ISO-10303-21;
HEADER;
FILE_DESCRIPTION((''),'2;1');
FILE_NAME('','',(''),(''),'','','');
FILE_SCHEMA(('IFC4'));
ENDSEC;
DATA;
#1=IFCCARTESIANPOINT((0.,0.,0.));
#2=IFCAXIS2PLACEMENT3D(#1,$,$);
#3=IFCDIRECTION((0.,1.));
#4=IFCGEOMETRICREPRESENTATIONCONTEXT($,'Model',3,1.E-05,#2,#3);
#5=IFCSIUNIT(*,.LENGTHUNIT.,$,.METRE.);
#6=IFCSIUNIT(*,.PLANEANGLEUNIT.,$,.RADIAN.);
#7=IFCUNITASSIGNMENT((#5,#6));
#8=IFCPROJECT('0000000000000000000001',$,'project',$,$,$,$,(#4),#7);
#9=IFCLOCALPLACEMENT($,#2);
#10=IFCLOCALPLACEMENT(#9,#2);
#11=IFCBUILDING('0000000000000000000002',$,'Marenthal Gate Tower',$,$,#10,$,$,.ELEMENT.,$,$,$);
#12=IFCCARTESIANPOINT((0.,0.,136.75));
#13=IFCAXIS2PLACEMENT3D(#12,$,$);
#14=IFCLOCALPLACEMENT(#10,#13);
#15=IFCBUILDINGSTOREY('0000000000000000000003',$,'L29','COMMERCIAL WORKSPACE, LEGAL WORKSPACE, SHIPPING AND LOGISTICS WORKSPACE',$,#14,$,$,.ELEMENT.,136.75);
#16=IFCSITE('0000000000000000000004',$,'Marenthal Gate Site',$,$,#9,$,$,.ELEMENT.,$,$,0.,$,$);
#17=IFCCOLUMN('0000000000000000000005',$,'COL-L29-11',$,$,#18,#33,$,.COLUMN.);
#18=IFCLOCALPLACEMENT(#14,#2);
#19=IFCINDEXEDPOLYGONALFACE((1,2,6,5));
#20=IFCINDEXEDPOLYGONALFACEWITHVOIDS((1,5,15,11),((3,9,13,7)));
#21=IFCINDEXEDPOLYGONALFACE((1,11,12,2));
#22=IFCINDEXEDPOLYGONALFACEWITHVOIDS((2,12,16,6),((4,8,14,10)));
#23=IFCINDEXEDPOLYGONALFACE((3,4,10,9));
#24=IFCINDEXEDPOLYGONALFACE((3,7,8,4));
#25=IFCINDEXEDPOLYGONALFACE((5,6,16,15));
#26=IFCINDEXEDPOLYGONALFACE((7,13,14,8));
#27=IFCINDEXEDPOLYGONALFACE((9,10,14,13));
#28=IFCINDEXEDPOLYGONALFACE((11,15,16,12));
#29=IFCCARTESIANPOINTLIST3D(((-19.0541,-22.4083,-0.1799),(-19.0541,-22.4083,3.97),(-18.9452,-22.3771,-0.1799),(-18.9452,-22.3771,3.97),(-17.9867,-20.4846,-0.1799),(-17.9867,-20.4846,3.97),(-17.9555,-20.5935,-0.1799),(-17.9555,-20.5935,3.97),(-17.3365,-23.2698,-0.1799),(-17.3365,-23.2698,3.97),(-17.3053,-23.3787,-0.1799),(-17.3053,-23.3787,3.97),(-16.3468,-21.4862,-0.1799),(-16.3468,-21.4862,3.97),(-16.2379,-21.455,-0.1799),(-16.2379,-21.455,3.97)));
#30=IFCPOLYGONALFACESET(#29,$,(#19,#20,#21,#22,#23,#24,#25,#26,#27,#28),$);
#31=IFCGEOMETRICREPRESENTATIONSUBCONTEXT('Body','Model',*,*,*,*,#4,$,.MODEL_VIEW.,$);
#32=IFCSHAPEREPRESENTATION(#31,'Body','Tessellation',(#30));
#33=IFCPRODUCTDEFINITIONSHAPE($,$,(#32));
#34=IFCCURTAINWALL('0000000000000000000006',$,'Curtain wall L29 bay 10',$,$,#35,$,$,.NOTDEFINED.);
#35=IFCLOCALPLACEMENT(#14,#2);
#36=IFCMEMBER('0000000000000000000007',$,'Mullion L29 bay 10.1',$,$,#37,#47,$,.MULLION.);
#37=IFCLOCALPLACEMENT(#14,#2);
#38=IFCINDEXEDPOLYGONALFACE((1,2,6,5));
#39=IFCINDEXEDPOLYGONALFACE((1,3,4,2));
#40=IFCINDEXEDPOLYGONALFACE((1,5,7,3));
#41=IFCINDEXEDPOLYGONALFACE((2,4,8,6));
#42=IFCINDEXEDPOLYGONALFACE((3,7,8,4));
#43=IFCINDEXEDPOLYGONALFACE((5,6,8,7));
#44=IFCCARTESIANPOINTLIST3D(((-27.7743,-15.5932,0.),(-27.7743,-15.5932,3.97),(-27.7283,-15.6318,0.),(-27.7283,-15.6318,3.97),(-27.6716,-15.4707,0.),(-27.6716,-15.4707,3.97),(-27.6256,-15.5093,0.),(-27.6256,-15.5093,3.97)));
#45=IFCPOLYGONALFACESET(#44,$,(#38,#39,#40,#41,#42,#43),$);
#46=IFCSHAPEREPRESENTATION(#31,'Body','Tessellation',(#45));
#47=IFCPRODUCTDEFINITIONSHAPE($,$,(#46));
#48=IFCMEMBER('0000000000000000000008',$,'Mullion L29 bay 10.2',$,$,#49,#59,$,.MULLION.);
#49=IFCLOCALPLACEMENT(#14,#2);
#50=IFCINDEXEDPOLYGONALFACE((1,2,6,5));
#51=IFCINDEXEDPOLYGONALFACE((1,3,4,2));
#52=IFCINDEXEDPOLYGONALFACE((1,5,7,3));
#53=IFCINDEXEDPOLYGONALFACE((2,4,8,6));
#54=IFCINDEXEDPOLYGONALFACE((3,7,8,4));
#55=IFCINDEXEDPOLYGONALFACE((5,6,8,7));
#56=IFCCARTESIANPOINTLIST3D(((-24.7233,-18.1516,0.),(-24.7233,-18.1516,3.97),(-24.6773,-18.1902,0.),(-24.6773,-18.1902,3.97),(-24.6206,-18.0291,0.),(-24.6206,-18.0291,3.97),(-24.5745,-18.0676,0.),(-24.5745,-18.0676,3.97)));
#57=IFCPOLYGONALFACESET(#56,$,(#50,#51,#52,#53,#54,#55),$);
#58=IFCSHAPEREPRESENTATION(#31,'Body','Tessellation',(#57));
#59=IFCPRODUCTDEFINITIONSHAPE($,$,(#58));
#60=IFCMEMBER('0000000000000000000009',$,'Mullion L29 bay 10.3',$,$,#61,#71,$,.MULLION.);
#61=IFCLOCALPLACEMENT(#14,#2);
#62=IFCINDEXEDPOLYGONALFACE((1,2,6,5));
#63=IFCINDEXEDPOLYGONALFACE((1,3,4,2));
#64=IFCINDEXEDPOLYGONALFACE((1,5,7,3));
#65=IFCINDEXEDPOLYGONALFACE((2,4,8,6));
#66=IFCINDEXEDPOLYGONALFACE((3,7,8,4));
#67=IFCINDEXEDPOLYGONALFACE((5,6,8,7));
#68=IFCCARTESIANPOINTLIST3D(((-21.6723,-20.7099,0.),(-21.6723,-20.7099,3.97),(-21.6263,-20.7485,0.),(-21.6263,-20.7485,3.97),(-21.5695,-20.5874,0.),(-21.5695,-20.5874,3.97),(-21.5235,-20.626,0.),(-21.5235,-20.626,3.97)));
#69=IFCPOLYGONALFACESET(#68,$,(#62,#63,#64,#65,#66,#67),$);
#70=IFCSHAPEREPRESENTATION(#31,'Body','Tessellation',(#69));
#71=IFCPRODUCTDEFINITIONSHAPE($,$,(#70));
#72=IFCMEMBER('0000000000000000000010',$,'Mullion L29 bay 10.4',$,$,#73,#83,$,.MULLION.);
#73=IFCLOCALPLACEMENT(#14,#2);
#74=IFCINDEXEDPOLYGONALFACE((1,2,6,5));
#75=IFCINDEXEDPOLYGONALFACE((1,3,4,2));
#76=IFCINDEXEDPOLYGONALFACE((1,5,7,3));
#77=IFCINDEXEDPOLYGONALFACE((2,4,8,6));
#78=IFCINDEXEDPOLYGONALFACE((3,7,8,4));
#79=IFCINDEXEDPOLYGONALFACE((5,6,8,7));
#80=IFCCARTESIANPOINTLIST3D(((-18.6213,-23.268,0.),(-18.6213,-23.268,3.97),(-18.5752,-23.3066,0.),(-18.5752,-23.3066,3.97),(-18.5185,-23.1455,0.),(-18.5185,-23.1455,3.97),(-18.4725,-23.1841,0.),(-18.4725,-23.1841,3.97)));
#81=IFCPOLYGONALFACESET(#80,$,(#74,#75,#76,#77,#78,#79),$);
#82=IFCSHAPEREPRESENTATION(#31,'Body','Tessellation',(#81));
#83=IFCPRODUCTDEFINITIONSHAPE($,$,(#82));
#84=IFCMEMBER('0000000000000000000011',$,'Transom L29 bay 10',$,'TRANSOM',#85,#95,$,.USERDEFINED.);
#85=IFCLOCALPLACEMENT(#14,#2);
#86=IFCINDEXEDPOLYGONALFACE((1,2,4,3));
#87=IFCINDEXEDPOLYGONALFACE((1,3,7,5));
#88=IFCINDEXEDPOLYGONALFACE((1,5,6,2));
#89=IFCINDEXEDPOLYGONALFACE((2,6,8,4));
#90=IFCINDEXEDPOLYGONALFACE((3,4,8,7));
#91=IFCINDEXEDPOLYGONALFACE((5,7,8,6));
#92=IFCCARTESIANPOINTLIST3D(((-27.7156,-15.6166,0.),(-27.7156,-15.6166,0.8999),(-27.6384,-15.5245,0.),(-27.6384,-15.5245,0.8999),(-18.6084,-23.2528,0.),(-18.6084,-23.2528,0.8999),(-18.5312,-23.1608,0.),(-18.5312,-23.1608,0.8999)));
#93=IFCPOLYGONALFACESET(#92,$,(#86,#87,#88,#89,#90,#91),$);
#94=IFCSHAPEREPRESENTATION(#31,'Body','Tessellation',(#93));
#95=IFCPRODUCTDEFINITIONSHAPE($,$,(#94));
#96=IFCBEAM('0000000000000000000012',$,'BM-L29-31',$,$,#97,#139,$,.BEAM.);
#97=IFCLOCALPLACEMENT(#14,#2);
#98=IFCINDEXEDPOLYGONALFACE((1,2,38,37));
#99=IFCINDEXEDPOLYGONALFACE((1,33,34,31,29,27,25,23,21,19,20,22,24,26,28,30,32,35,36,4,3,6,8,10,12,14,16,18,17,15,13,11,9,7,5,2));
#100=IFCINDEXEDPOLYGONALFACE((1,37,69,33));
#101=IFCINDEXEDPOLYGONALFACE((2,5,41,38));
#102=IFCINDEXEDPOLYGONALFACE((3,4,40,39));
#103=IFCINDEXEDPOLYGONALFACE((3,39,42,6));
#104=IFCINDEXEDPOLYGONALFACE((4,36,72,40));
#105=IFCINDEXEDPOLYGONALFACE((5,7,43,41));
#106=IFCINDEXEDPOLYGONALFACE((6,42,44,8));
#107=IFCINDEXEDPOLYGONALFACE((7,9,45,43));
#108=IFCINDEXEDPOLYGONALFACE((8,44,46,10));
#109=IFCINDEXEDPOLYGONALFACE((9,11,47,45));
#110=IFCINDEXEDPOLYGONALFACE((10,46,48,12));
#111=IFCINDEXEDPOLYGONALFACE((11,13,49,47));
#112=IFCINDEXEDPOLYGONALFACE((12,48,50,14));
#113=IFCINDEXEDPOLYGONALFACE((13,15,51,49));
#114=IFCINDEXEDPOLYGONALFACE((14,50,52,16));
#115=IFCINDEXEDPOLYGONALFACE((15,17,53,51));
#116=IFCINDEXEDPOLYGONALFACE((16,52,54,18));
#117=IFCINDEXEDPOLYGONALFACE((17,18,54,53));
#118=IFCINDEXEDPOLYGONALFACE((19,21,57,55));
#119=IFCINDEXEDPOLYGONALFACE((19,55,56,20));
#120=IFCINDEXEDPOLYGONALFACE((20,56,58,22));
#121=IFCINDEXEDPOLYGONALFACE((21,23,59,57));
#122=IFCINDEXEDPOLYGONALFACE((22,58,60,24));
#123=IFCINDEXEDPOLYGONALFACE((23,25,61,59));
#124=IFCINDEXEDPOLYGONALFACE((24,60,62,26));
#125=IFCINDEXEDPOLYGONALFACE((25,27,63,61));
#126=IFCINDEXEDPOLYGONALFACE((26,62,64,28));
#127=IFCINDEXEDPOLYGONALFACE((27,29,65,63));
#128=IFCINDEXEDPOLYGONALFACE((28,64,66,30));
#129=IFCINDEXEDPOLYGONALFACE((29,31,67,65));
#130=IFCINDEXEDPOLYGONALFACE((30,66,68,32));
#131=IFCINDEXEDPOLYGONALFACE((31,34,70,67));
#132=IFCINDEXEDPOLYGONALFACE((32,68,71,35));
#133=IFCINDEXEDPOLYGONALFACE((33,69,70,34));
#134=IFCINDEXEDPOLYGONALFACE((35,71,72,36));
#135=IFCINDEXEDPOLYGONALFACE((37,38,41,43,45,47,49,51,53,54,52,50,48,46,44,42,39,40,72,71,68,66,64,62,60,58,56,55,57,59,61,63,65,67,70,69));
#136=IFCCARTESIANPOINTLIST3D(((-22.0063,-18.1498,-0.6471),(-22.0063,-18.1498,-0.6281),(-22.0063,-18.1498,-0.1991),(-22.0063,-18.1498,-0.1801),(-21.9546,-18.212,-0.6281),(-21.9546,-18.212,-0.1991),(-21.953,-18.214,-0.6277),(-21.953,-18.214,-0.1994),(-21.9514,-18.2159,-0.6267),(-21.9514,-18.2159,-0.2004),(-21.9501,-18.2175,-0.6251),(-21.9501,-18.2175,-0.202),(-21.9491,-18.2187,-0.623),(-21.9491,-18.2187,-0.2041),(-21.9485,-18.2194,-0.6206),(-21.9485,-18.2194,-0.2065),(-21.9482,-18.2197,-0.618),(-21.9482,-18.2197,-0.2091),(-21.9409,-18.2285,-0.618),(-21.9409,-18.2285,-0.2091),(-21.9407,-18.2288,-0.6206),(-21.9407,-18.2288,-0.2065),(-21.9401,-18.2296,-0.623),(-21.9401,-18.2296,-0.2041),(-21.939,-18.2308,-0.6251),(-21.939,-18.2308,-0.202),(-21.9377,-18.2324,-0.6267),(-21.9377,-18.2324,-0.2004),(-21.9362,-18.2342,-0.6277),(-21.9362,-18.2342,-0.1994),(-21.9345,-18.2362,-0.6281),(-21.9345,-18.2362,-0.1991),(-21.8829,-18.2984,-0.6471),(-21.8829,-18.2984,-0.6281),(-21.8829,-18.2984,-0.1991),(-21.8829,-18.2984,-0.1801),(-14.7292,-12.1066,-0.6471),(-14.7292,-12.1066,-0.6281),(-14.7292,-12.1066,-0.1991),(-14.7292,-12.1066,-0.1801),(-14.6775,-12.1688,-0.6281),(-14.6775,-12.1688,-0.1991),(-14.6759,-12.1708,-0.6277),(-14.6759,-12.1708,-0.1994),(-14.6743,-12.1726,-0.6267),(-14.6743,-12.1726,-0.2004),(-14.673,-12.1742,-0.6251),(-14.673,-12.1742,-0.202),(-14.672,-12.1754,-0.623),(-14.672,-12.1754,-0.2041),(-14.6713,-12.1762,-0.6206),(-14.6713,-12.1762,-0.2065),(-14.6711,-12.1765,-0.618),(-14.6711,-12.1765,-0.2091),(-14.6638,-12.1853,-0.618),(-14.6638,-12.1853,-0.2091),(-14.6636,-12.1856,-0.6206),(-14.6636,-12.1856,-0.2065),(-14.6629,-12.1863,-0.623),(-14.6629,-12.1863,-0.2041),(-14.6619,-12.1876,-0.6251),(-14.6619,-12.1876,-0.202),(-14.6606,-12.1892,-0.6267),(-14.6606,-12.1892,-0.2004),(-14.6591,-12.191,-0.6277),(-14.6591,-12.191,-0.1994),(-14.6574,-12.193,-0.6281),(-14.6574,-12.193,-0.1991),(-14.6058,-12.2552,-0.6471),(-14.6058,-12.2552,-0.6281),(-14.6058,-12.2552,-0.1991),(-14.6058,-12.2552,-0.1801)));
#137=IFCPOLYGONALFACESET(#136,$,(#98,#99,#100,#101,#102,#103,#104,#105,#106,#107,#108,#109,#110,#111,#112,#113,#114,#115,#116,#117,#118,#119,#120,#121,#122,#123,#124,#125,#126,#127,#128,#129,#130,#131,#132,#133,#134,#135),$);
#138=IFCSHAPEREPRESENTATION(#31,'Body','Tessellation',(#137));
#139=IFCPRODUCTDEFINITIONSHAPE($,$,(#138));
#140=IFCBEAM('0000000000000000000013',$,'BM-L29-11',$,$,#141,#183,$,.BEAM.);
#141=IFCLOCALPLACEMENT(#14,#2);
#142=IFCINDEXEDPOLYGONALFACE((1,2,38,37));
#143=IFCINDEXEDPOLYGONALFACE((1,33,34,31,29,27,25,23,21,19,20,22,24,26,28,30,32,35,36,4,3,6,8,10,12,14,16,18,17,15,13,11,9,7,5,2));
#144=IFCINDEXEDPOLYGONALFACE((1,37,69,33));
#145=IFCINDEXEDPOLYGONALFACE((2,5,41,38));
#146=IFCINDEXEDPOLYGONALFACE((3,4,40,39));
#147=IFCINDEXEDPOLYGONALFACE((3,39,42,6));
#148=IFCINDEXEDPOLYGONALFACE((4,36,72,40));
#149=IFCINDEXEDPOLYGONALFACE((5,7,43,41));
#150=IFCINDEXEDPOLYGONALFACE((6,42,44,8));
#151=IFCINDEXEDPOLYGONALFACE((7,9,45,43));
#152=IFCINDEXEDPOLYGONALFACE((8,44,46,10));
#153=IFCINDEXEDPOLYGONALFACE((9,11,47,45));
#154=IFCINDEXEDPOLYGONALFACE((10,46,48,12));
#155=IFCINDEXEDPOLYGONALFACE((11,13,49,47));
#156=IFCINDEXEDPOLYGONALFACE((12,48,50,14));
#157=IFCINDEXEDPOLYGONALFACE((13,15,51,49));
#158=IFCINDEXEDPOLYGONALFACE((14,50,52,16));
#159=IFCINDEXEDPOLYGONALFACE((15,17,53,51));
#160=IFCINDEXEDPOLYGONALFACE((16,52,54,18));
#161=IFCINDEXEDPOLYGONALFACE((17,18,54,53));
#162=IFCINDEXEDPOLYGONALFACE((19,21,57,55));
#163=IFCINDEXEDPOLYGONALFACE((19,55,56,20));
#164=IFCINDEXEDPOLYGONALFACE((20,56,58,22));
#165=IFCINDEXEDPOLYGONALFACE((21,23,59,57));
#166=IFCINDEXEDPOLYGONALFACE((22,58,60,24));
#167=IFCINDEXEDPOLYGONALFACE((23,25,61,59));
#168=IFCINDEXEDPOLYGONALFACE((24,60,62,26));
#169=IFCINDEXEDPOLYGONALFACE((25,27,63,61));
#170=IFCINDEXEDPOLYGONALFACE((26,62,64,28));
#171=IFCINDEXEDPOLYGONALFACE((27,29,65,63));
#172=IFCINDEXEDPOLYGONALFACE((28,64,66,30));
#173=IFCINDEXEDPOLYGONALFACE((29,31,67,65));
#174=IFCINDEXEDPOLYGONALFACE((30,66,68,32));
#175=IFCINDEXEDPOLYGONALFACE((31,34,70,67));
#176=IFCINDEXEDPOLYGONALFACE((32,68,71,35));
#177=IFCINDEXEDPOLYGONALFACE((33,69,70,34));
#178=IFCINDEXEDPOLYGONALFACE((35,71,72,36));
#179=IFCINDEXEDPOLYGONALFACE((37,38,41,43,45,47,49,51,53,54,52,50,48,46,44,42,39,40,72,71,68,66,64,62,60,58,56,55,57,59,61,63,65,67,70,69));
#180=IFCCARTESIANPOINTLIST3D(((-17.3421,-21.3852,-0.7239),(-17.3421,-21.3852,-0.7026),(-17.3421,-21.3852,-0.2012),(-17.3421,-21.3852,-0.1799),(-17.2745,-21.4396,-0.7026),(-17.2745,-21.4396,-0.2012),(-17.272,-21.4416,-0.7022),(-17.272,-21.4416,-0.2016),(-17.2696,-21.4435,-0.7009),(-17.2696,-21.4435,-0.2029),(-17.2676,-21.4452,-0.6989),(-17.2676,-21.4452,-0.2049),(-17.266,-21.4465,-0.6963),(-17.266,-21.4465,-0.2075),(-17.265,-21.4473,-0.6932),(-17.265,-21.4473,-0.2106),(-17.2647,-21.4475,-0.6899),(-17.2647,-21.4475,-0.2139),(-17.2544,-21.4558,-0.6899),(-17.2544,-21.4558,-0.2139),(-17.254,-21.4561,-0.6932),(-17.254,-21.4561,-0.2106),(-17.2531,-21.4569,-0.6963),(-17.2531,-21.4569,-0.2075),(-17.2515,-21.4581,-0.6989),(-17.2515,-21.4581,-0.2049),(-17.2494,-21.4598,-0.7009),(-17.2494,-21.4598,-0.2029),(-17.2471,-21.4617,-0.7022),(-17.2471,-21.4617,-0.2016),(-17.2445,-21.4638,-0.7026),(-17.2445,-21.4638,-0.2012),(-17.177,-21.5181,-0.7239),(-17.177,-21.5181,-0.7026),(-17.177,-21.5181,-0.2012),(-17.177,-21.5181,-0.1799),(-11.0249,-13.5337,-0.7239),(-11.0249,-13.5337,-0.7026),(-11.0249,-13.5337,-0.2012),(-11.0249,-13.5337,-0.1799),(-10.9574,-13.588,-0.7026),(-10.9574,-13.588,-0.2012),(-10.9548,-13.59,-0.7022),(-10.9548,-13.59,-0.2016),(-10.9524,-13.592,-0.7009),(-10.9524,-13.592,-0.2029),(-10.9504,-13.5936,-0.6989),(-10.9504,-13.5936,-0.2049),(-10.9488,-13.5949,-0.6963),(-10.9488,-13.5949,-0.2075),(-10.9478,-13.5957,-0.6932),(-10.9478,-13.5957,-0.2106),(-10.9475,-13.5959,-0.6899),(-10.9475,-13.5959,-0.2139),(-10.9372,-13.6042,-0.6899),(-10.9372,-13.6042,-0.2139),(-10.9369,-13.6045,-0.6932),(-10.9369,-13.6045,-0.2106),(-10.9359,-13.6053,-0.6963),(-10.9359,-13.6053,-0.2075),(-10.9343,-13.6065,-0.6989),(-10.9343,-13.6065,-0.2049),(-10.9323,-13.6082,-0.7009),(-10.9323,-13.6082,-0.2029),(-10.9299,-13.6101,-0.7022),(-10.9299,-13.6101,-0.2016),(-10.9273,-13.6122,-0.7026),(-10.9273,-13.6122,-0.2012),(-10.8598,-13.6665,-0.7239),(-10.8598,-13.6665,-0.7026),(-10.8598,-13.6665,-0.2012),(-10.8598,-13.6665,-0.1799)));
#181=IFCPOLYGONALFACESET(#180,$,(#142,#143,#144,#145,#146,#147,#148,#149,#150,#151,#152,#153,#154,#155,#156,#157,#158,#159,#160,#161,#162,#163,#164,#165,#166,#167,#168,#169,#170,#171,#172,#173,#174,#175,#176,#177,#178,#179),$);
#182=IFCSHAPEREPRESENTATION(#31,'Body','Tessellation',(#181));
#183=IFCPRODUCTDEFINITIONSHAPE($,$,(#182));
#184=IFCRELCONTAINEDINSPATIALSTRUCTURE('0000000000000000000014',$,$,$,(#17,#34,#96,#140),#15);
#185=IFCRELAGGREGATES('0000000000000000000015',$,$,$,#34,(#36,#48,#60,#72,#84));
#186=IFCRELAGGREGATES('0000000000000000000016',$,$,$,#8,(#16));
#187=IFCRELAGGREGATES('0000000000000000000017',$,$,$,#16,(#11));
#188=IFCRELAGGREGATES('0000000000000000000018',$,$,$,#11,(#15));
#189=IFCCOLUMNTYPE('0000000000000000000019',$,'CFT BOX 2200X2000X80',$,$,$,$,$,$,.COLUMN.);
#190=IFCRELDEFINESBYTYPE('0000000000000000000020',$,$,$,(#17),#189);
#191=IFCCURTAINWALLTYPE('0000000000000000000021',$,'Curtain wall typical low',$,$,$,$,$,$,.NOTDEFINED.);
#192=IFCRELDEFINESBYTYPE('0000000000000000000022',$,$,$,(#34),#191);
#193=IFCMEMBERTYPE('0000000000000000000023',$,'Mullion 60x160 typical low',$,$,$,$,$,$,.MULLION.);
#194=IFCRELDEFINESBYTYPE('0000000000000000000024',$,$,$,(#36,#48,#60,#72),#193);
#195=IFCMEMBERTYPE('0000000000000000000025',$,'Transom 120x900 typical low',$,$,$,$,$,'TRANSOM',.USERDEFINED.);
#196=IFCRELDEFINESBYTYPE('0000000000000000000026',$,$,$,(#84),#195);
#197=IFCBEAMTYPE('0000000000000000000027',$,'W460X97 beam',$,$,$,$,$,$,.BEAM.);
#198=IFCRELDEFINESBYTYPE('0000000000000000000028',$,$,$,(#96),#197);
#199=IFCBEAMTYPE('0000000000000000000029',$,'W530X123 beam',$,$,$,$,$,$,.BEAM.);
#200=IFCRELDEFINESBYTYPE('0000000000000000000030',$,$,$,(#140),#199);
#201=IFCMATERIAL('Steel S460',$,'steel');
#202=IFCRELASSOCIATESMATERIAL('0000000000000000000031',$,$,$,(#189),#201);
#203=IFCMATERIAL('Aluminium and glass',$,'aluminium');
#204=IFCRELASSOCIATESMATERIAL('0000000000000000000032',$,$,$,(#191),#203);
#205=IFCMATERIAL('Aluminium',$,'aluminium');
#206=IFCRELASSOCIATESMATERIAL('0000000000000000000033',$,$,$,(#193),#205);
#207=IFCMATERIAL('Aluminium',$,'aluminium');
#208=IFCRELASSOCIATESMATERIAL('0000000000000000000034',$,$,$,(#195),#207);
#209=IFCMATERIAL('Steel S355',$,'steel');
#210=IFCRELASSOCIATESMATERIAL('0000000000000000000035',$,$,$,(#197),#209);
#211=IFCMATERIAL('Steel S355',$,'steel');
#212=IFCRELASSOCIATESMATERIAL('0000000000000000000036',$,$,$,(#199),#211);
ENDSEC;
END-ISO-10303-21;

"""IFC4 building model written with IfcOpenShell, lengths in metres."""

from ifc_helpers import new_model, si_unit, direction, frame, origin, origin_2d, place, context, subcontext, project, spatial, rectangle, hollow_rectangle, i_section, extrude, material, material_profile, profile_set, type_object, element, aggregate, save


model = new_model("IFC4")

# Units and contexts
model_context = context("Model", 3, precision=1e-05, world=origin(), true_north=direction((0.0, 1.0)))
body_context = subcontext(model_context, "Body", "Model", "MODEL_VIEW")
ifc_project = project(units=[si_unit("LENGTHUNIT", "METRE"), si_unit("PLANEANGLEUNIT", "RADIAN")], contexts=[model_context])

# Site, building, storey
site_placement = place(None, origin())
site = spatial("IfcSite", under=ifc_project, at=site_placement, Name="Marenthal Gate Site", CompositionType="ELEMENT", RefElevation=0.0)
building_placement = place(site_placement, origin())
building = spatial("IfcBuilding", under=site, at=building_placement, Name="Marenthal Gate Tower", CompositionType="ELEMENT")
storey_placement = place(building_placement, frame((0.0, 0.0, 136.75)))
storey = spatial("IfcBuildingStorey", under=building, at=storey_placement, Name="L29", Description="COMMERCIAL WORKSPACE, LEGAL WORKSPACE, SHIPPING AND LOGISTICS WORKSPACE", CompositionType="ELEMENT", Elevation=136.75)

# Column
ifc_material_1 = material(Name="Steel S460", Category="steel")
ifc_material_profile_1 = material_profile(ifc_material_1, hollow_rectangle(XDim=2.0, YDim=2.2, WallThickness=0.0801, at=origin_2d()), Name="CFT BOX 2200X2000X80")
ifc_material_2 = material(Name="Concrete 70 MPa", Category="concrete")
ifc_material_profile_2 = material_profile(ifc_material_2, rectangle(XDim=1.8401, YDim=2.04, at=origin_2d()), Name="CFT BOX 2200X2000X80 INFILL")
ifc_profile_set_1 = profile_set([ifc_material_profile_1, ifc_material_profile_2], Name="Steel S460 shell, Concrete 70 MPa infill")
column_type = type_object("IfcColumnType", Name="CFT BOX 2200X2000X80", PredefinedType="COLUMN", material=ifc_profile_set_1)
column_placement = place(storey_placement, frame((-17.646, -21.9316, -0.1799), z_axis=(0.0, 0.0, 1.0), x_axis=(-0.874403, 0.4852, 0.0)))
element("IfcColumn", 1, at=column_placement, inside=storey, type_object=column_type, Name="COL-L29-11", PredefinedType="COLUMN", context=body_context, shape_type="SweptSolid", body=[
    extrude(hollow_rectangle(XDim=2.0, YDim=2.2, WallThickness=0.0801, at=origin_2d()), origin(), (0.0, 0.0, 1.0), 4.1499),
])

# Curtain wall, members
ifc_material_3 = material(Name="Aluminium and glass", Category="aluminium")
curtain_wall_type = type_object("IfcCurtainWallType", Name="Curtain wall typical low", PredefinedType="NOTDEFINED", material=ifc_material_3)
curtain_wall_placement = place(storey_placement, origin())
curtain_wall = element("IfcCurtainWall", 2, at=curtain_wall_placement, inside=storey, type_object=curtain_wall_type, Name="Curtain wall L29 bay 10", PredefinedType="NOTDEFINED")
ifc_material_4 = material(Name="Aluminium", Category="aluminium")
ifc_material_profile_3 = material_profile(ifc_material_4, rectangle(XDim=0.1599, YDim=0.0601, at=origin_2d()), Name="60x160 aluminium mullion")
ifc_profile_set_2 = profile_set([ifc_material_profile_3], Name="Aluminium")
member_type_1 = type_object("IfcMemberType", Name="Mullion 60x160 typical low", PredefinedType="MULLION", material=ifc_profile_set_2)
member_1_placement = place(storey_placement, frame((-27.7, -15.5513, 0.0), z_axis=(0.0, 0.0, 1.0), x_axis=(0.642511, 0.766277, 0.0)))
member_1 = element("IfcMember", 3, at=member_1_placement, type_object=member_type_1, Name="Mullion L29 bay 10.1", PredefinedType="MULLION", context=body_context, shape_type="SweptSolid", body=[
    extrude(rectangle(XDim=0.1599, YDim=0.0601, at=origin_2d()), origin(), (0.0, 0.0, 1.0), 3.97),
])
member_2_placement = place(storey_placement, frame((-24.6489, -18.1096, 0.0), z_axis=(0.0, 0.0, 1.0), x_axis=(0.642511, 0.766277, 0.0)))
member_2 = element("IfcMember", 4, at=member_2_placement, type_object=member_type_1, Name="Mullion L29 bay 10.2", PredefinedType="MULLION", context=body_context, shape_type="SweptSolid", body=[
    extrude(rectangle(XDim=0.1599, YDim=0.0601, at=origin_2d()), origin(), (0.0, 0.0, 1.0), 3.97),
])
member_3_placement = place(storey_placement, frame((-21.5979, -20.668, 0.0), z_axis=(0.0, 0.0, 1.0), x_axis=(0.642511, 0.766277, 0.0)))
member_3 = element("IfcMember", 5, at=member_3_placement, type_object=member_type_1, Name="Mullion L29 bay 10.3", PredefinedType="MULLION", context=body_context, shape_type="SweptSolid", body=[
    extrude(rectangle(XDim=0.1599, YDim=0.0601, at=origin_2d()), origin(), (0.0, 0.0, 1.0), 3.97),
])
member_4_placement = place(storey_placement, frame((-18.5469, -23.2261, 0.0), z_axis=(0.0, 0.0, 1.0), x_axis=(0.642511, 0.766277, 0.0)))
member_4 = element("IfcMember", 6, at=member_4_placement, type_object=member_type_1, Name="Mullion L29 bay 10.4", PredefinedType="MULLION", context=body_context, shape_type="SweptSolid", body=[
    extrude(rectangle(XDim=0.1599, YDim=0.0601, at=origin_2d()), origin(), (0.0, 0.0, 1.0), 3.97),
])
ifc_material_5 = material(Name="Aluminium", Category="aluminium")
ifc_material_profile_4 = material_profile(ifc_material_5, rectangle(XDim=0.1201, YDim=0.8999, at=origin_2d()), Name="120x900 aluminium transom")
ifc_profile_set_3 = profile_set([ifc_material_profile_4], Name="Aluminium")
member_type_2 = type_object("IfcMemberType", Name="Transom 120x900 typical low", ElementType="TRANSOM", PredefinedType="USERDEFINED", material=ifc_profile_set_3)
member_5_placement = place(storey_placement, frame((-27.677, -15.5706, 0.45), z_axis=(0.766276, -0.642511, 0.0), x_axis=(0.642511, 0.766276, 0.0)))
member_5 = element("IfcMember", 7, at=member_5_placement, type_object=member_type_2, Name="Transom L29 bay 10", ObjectType="TRANSOM", PredefinedType="USERDEFINED", context=body_context, shape_type="SweptSolid", body=[
    extrude(rectangle(XDim=0.1201, YDim=0.8999, at=origin_2d()), origin(), (0.0, 0.0, 1.0), 11.885),
])

# Beams
ifc_material_6 = material(Name="Steel S355", Category="steel")
ifc_material_profile_5 = material_profile(ifc_material_6, i_section(OverallWidth=0.1931, OverallDepth=0.467, WebThickness=0.0115, FlangeThickness=0.019, FilletRadius=0.01, at=origin_2d()), Name="W460X97")
ifc_profile_set_4 = profile_set([ifc_material_profile_5], Name="Steel S355")
beam_type_1 = type_object("IfcBeamType", Name="W460X97 beam", PredefinedType="BEAM", material=ifc_profile_set_4)
beam_1_placement = place(storey_placement, frame((-21.9446, -18.2241, -0.4136), z_axis=(0.769314, 0.638871, 0.0), x_axis=(-0.638871, 0.769314, 0.0)))
element("IfcBeam", 8, at=beam_1_placement, inside=storey, type_object=beam_type_1, Name="BM-L29-31", PredefinedType="BEAM", context=body_context, shape_type="SweptSolid", body=[
    extrude(i_section(OverallWidth=0.1931, OverallDepth=0.467, WebThickness=0.0115, FlangeThickness=0.019, FilletRadius=0.01, at=origin_2d()), origin(), (0.0, 0.0, 1.0), 9.4592),
])
ifc_material_7 = material(Name="Steel S355", Category="steel")
ifc_material_profile_6 = material_profile(ifc_material_7, i_section(OverallWidth=0.2119, OverallDepth=0.5439, WebThickness=0.0132, FlangeThickness=0.0212, FilletRadius=0.0127, at=origin_2d()), Name="W530X123")
ifc_profile_set_5 = profile_set([ifc_material_profile_6], Name="Steel S355")
beam_type_2 = type_object("IfcBeamType", Name="W530X123 beam", PredefinedType="BEAM", material=ifc_profile_set_5)
beam_2_placement = place(storey_placement, frame((-17.2595, -21.4517, -0.4519), z_axis=(0.626864, 0.779129, 0.0), x_axis=(-0.779129, 0.626864, 0.0)))
element("IfcBeam", 9, at=beam_2_placement, inside=storey, type_object=beam_type_2, Name="BM-L29-11", PredefinedType="BEAM", context=body_context, shape_type="SweptSolid", body=[
    extrude(i_section(OverallWidth=0.2119, OverallDepth=0.5439, WebThickness=0.0132, FlangeThickness=0.0212, FilletRadius=0.0127, at=origin_2d()), origin(), (0.0, 0.0, 1.0), 10.0774),
])

aggregate(curtain_wall, [member_1, member_2, member_3, member_4, member_5])

save(model, "model.ifc")
